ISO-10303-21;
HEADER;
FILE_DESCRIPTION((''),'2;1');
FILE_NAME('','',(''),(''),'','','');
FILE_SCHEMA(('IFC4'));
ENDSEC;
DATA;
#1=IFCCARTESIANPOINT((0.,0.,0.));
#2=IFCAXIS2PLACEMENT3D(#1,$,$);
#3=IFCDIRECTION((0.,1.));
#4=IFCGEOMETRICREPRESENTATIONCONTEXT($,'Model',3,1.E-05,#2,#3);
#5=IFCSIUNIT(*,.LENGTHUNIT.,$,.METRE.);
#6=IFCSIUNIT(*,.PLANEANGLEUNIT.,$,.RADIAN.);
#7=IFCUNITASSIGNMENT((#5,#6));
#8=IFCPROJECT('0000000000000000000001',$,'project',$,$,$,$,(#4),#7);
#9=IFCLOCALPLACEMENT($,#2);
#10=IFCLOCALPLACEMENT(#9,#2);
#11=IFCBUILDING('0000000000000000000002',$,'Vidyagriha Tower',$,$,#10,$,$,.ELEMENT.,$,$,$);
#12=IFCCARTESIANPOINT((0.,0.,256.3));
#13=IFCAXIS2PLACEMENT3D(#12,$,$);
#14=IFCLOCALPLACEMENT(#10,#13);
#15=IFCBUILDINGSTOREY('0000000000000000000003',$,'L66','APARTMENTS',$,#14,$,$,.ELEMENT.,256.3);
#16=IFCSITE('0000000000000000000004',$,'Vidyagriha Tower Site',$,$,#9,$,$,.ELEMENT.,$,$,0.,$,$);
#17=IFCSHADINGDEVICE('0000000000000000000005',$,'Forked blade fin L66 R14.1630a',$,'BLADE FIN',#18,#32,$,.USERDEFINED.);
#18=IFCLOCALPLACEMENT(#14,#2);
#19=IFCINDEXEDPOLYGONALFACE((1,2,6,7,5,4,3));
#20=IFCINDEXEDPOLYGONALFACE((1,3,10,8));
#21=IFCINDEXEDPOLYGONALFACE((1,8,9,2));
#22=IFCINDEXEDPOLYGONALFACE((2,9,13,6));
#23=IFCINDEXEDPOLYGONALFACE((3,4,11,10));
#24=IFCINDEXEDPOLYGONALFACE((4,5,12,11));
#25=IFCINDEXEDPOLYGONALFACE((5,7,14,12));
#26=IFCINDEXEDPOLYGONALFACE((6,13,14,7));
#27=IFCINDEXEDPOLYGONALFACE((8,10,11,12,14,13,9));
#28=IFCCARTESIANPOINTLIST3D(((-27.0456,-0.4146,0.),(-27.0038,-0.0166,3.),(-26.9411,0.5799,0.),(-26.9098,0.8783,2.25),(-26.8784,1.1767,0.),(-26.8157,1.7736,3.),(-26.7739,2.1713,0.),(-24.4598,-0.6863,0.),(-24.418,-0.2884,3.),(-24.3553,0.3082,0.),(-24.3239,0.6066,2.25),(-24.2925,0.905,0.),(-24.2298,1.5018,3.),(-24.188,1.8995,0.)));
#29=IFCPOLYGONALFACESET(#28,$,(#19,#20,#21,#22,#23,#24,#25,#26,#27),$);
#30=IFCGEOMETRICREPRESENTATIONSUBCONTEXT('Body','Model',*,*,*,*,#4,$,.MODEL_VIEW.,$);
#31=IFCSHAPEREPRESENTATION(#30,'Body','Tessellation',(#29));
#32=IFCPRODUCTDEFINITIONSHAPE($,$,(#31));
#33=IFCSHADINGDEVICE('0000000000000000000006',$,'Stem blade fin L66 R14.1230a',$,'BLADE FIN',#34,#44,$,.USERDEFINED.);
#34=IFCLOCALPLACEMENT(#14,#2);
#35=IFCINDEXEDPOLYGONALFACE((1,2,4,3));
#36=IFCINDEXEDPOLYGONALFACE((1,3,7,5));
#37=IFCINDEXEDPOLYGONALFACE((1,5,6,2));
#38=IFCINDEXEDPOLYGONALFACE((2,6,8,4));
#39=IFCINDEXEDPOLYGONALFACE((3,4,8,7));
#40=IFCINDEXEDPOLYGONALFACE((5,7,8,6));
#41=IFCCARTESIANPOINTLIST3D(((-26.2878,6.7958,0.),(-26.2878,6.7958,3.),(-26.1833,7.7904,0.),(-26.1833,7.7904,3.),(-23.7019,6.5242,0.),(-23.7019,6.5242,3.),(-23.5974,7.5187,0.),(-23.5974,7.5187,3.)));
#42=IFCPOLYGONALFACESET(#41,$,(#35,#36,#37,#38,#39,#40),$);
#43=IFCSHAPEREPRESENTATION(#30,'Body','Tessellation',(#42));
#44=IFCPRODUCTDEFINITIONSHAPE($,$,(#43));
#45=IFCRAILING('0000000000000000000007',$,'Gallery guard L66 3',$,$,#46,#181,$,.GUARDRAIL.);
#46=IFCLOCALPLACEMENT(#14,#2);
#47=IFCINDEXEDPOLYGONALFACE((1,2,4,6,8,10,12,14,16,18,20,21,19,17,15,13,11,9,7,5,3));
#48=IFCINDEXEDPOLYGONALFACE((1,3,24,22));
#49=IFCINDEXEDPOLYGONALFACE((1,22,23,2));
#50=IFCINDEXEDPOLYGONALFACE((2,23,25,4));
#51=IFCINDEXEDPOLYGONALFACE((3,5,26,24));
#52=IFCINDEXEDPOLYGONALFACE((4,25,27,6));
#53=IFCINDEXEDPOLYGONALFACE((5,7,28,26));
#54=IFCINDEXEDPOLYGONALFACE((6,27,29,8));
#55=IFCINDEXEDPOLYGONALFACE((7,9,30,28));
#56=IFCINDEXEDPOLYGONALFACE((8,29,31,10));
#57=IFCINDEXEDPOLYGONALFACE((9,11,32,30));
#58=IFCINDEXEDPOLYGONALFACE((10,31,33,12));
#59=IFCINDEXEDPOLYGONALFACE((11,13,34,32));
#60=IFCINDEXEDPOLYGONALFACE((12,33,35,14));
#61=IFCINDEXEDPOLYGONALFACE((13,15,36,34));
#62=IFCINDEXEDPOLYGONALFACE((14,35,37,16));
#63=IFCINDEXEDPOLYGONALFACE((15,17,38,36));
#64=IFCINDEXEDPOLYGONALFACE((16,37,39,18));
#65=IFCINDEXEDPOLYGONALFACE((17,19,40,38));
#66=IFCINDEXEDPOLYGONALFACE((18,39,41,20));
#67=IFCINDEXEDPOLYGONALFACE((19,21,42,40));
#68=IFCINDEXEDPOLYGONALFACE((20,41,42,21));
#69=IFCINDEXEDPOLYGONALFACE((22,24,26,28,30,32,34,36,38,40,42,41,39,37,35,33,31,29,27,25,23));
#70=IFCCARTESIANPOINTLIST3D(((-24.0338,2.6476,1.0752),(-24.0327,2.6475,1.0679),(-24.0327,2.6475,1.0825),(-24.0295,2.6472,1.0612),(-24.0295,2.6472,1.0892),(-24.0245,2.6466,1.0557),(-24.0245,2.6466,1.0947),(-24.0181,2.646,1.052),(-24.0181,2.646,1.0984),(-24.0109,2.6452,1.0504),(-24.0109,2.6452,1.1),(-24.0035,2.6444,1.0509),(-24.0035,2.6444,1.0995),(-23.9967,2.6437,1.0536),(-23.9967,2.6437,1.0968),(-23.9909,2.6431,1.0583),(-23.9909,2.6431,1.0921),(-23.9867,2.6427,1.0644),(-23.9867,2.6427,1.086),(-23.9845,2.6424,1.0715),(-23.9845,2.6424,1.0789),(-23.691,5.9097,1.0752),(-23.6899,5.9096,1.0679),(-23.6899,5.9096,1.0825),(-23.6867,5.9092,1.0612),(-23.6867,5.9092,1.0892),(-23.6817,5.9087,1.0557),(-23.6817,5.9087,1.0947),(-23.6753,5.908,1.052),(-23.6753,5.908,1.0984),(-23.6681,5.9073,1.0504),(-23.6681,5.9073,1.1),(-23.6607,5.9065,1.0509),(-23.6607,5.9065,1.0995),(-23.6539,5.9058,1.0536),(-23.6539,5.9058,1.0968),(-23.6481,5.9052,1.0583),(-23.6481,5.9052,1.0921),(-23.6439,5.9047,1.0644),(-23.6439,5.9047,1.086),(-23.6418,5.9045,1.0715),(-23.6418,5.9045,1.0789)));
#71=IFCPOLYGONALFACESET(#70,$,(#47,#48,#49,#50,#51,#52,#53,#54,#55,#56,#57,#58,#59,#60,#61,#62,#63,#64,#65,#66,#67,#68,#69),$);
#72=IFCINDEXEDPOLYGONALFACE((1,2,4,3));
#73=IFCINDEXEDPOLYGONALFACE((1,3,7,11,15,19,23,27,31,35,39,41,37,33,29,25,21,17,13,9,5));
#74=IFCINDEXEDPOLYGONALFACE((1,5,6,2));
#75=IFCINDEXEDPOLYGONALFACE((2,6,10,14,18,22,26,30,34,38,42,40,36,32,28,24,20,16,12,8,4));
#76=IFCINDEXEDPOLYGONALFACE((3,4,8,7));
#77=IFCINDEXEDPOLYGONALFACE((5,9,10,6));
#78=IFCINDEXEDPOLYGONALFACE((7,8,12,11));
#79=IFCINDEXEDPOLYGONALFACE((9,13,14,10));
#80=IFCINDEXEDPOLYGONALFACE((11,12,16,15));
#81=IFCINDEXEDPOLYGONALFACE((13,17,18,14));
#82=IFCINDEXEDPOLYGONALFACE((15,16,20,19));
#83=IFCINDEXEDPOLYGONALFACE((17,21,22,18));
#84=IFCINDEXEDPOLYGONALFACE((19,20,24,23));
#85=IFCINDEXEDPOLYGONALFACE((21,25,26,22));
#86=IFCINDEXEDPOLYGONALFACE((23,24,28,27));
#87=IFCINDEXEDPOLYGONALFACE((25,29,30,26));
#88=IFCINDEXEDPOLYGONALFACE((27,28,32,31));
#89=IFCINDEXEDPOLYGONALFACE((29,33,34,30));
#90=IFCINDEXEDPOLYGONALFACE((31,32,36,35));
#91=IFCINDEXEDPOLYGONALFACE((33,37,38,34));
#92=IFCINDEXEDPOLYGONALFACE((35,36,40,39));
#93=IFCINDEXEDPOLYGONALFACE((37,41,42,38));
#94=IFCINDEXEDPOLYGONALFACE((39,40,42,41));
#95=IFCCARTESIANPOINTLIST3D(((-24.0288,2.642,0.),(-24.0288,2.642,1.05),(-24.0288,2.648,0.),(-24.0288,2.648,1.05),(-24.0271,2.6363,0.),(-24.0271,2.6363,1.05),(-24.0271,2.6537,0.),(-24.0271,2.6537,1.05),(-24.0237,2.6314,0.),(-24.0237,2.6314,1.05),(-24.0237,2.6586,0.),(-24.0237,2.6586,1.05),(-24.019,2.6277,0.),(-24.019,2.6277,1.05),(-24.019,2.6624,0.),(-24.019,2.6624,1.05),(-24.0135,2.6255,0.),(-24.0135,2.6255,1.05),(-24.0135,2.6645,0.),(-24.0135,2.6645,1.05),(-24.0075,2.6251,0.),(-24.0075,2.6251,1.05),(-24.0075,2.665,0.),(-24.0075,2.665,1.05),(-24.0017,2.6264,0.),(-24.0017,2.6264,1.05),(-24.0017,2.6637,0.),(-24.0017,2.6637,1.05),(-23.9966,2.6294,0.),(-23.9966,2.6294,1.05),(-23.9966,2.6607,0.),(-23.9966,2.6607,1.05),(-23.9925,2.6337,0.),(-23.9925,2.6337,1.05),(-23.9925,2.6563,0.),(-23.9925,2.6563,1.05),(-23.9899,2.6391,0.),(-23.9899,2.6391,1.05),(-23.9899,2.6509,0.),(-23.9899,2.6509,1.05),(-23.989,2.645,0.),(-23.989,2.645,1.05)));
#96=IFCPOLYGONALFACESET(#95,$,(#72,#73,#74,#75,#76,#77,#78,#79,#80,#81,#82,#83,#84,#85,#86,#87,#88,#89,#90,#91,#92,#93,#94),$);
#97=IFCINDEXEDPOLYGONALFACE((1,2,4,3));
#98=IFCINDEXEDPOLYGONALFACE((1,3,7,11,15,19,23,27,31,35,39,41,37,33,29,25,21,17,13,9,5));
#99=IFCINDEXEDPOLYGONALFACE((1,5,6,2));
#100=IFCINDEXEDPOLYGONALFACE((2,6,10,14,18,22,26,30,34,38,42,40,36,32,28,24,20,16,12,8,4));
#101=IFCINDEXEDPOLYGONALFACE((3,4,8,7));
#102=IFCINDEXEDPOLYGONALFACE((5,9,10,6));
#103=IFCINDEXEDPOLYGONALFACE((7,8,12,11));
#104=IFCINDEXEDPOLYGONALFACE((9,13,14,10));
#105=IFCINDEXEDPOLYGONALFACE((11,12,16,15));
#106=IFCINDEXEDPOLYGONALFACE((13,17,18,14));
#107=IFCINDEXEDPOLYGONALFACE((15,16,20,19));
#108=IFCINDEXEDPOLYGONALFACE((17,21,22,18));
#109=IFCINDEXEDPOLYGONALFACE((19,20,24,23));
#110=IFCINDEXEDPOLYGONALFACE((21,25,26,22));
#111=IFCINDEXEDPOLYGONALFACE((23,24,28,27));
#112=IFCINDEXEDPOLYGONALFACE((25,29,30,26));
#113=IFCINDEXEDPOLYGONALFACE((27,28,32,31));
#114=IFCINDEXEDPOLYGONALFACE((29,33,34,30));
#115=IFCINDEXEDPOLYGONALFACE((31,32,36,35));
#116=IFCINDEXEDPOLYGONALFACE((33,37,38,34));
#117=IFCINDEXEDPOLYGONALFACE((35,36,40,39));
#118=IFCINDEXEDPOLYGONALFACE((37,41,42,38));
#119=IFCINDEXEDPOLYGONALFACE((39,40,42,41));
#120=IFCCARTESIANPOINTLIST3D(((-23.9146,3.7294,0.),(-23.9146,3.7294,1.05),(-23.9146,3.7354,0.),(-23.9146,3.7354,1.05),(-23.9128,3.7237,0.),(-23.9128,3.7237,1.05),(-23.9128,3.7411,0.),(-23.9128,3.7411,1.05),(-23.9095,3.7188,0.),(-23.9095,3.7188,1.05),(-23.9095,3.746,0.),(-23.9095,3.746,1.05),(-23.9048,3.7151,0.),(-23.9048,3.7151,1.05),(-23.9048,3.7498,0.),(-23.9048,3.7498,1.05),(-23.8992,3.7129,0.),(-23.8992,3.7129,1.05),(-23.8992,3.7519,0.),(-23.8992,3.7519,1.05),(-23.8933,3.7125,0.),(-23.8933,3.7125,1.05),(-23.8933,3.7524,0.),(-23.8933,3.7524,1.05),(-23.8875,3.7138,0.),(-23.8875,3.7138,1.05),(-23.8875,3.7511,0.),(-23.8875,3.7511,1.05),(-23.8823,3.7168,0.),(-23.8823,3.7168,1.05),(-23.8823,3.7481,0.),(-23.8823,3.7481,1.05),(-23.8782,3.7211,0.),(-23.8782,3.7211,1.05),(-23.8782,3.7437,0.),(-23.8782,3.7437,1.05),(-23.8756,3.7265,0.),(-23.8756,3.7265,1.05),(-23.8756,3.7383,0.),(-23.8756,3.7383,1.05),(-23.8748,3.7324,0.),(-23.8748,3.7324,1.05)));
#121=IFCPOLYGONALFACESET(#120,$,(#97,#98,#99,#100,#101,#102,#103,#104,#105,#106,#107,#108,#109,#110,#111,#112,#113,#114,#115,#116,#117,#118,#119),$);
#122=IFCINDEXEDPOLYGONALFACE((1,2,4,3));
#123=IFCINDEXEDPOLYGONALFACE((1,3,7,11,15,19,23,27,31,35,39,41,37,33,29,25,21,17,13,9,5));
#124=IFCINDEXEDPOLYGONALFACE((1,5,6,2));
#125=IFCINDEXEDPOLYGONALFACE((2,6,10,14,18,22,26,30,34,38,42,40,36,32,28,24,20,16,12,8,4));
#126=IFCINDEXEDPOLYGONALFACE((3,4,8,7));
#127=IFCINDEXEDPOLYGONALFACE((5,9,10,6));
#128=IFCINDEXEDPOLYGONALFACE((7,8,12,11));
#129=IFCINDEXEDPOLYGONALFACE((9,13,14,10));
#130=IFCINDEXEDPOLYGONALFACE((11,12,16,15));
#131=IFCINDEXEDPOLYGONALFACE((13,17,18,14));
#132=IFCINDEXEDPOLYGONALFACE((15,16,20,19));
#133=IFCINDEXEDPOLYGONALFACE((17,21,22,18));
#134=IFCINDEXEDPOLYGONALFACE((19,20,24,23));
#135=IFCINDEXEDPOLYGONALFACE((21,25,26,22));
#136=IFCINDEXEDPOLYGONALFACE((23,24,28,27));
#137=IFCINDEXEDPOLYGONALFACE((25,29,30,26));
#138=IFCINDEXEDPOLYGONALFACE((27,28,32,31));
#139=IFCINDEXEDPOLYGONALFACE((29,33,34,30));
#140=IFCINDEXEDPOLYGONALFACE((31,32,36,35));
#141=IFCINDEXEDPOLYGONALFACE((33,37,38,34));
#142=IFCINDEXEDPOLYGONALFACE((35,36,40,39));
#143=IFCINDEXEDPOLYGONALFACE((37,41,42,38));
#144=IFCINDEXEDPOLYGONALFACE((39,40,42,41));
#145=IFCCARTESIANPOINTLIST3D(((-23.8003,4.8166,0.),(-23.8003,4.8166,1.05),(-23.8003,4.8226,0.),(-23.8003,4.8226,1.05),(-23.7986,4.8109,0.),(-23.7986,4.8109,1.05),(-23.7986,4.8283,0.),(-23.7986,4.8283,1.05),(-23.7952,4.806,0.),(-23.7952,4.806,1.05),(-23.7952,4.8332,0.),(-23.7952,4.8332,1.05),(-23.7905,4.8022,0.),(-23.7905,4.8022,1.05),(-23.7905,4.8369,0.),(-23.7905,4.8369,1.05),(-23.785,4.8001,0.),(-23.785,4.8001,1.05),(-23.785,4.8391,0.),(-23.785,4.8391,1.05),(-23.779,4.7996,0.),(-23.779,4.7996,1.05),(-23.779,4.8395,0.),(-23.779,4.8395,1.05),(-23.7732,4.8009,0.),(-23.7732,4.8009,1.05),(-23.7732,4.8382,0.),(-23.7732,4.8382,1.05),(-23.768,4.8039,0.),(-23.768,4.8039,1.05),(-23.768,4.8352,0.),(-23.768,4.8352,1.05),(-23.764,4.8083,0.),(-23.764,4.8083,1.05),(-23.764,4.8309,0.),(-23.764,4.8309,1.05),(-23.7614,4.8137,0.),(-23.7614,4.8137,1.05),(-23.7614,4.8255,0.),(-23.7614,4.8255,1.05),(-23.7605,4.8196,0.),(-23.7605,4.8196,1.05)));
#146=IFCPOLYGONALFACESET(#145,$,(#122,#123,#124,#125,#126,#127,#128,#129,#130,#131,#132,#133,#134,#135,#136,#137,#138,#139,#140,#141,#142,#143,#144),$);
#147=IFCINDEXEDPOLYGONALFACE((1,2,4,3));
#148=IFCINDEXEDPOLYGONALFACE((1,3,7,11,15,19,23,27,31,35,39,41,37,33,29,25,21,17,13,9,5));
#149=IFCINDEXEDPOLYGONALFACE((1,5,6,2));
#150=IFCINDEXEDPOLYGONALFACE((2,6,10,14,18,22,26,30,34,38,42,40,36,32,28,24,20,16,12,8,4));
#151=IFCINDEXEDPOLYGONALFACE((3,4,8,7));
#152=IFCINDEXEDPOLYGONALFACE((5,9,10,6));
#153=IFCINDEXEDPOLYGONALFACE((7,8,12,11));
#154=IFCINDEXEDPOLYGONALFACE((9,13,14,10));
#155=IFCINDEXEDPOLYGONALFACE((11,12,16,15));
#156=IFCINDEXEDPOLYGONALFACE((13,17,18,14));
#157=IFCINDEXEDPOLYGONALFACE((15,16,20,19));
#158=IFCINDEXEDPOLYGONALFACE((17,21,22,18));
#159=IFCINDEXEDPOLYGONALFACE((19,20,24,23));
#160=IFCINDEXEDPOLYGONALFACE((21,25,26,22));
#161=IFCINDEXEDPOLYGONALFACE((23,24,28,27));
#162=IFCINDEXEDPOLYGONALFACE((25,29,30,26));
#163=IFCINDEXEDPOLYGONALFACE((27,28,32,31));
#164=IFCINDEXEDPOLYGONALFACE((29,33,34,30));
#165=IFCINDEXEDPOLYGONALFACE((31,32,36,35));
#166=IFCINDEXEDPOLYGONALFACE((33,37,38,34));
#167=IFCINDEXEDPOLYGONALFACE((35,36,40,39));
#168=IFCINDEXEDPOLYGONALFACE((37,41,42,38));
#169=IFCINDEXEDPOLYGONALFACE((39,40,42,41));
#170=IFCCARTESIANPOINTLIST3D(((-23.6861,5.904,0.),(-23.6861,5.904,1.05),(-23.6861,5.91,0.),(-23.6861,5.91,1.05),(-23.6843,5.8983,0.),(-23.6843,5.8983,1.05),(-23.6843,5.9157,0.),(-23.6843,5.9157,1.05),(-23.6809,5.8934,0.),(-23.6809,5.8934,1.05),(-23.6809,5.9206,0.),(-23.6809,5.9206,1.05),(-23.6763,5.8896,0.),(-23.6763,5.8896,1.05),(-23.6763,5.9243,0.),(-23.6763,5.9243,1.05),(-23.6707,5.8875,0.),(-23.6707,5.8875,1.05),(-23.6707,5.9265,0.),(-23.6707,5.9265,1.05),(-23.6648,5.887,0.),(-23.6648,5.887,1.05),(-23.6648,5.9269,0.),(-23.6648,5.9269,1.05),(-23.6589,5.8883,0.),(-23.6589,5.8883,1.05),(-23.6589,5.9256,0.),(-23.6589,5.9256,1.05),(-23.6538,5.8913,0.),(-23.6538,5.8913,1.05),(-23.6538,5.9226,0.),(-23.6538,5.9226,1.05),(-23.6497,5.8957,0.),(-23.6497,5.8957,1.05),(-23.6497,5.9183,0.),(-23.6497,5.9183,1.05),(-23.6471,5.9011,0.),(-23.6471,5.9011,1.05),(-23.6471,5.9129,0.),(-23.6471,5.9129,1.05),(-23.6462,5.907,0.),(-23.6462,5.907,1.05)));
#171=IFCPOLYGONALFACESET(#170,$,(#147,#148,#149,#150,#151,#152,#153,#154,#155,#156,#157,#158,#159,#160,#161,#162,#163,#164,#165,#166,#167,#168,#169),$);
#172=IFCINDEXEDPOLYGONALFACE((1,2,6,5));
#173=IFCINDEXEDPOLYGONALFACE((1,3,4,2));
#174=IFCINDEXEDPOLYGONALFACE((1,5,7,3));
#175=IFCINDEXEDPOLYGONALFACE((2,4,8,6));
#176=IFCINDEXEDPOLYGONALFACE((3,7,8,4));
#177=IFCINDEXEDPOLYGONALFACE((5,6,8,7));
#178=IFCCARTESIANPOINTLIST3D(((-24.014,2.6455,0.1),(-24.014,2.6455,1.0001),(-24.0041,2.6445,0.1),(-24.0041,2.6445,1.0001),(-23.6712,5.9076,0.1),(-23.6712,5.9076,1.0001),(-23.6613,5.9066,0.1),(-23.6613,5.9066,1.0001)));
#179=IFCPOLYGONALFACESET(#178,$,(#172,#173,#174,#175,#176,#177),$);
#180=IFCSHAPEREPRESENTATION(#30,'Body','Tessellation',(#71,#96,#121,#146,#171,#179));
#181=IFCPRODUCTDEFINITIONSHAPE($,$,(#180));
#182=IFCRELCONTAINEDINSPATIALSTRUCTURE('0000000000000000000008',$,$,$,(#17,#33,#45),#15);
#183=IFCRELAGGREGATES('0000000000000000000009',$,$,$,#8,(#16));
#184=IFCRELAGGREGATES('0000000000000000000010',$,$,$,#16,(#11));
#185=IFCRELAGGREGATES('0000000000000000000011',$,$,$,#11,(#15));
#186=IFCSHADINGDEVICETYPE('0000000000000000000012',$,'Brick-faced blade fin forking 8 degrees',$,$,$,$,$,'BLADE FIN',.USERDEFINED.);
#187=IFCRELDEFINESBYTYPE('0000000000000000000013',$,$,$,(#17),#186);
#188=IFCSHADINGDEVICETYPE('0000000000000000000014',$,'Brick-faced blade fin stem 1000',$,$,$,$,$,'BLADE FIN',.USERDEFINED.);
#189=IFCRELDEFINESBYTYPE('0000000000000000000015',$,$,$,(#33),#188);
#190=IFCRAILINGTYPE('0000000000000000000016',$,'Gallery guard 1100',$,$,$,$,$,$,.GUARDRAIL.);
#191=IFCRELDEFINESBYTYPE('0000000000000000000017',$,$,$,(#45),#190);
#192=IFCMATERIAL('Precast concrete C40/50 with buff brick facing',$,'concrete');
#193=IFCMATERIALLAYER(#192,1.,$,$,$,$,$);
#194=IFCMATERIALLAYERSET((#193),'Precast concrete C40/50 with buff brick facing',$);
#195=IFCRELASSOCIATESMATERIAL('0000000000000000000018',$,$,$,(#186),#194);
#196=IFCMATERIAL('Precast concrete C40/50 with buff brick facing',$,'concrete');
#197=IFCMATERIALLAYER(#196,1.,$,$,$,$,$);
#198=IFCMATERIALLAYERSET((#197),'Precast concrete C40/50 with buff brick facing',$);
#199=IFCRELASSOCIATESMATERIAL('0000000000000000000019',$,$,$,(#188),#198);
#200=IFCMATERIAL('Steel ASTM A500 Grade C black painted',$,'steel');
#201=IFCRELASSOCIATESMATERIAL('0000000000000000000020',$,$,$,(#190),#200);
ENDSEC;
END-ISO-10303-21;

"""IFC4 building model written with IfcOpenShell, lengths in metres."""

from ifc_helpers import new_model, si_unit, direction, frame, origin, origin_2d, place, context, subcontext, project, spatial, polyline, rectangle, circle, outline, extrude, material, layer, layer_set, type_object, element, save


model = new_model("IFC4")

# Units and contexts
model_context = context("Model", 3, precision=1e-05, world=origin(), true_north=direction((0.0, 1.0)))
body_context = subcontext(model_context, "Body", "Model", "MODEL_VIEW")
ifc_project = project(units=[si_unit("LENGTHUNIT", "METRE"), si_unit("PLANEANGLEUNIT", "RADIAN")], contexts=[model_context])

# Site, building, storey
site_placement = place(None, origin())
site = spatial("IfcSite", under=ifc_project, at=site_placement, Name="Vidyagriha Tower Site", CompositionType="ELEMENT", RefElevation=0.0)
building_placement = place(site_placement, origin())
building = spatial("IfcBuilding", under=site, at=building_placement, Name="Vidyagriha Tower", CompositionType="ELEMENT")
storey_placement = place(building_placement, frame((0.0, 0.0, 256.3)))
storey = spatial("IfcBuildingStorey", under=building, at=storey_placement, Name="L66", Description="APARTMENTS", CompositionType="ELEMENT", Elevation=256.3)

# Shading devices
ifc_material_1 = material(Name="Precast concrete C40/50 with buff brick facing", Category="concrete")
ifc_layer_1 = layer(ifc_material_1, 1.0)
ifc_layer_set_1 = layer_set([ifc_layer_1], Name="Precast concrete C40/50 with buff brick facing")
shading_device_type_1 = type_object("IfcShadingDeviceType", Name="Brick-faced blade fin forking 8 degrees", ElementType="BLADE FIN", PredefinedType="USERDEFINED", material=ifc_layer_set_1)
shading_device_1_placement = place(storey_placement, frame((-25.481, 2.0354, 0.0), z_axis=(0.0, 0.0, 1.0), x_axis=(-0.104514, -0.994523, 0.0)))
element("IfcShadingDevice", 1, at=shading_device_1_placement, inside=storey, type_object=shading_device_type_1, Name="Forked blade fin L66 R14.1630a", ObjectType="BLADE FIN", PredefinedType="USERDEFINED", context=body_context, shape_type="SweptSolid", body=[
    extrude(outline(polyline([(1.0, 0.0), (1.3, 2.25), (1.6001, 0.0), (2.6001, 0.0), (2.2, 3.0), (0.3999, 3.0), (0.0, 0.0), (1.0, 0.0)])), frame((0.0, 1.3, 0.0), z_axis=(0.0, -1.0, 0.0), x_axis=(1.0, 0.0, 0.0)), (0.0, 0.0, 1.0), 2.6001),
])
ifc_material_2 = material(Name="Precast concrete C40/50 with buff brick facing", Category="concrete")
ifc_layer_2 = layer(ifc_material_2, 1.0)
ifc_layer_set_2 = layer_set([ifc_layer_2], Name="Precast concrete C40/50 with buff brick facing")
shading_device_type_2 = type_object("IfcShadingDeviceType", Name="Brick-faced blade fin stem 1000", ElementType="BLADE FIN", PredefinedType="USERDEFINED", material=ifc_layer_set_2)
shading_device_2_placement = place(storey_placement, frame((-24.8904, 7.6545, 0.0), z_axis=(0.0, 0.0, 1.0), x_axis=(-0.104481, -0.994527, 0.0)))
element("IfcShadingDevice", 2, at=shading_device_2_placement, inside=storey, type_object=shading_device_type_2, Name="Stem blade fin L66 R14.1230a", ObjectType="BLADE FIN", PredefinedType="USERDEFINED", context=body_context, shape_type="SweptSolid", body=[
    extrude(outline(polyline([(0.0, 0.0), (1.0, 0.0), (1.0, 3.0), (0.0, 3.0), (0.0, 0.0)])), frame((0.0, 1.3, 0.0), z_axis=(0.0, -1.0, 0.0), x_axis=(1.0, 0.0, 0.0)), (0.0, 0.0, 1.0), 2.6001),
])

# Railing
ifc_material_3 = material(Name="Steel ASTM A500 Grade C black painted", Category="steel")
railing_type_1 = type_object("IfcRailingType", Name="Gallery guard 1100", PredefinedType="GUARDRAIL", material=ifc_material_3)
railing_1_placement = place(storey_placement, frame((-24.009, 2.645, 0.0)))
element("IfcRailing", 3, at=railing_1_placement, inside=storey, type_object=railing_type_1, Name="Gallery guard L66 3", PredefinedType="GUARDRAIL", context=body_context, shape_type="SweptSolid", body=[
    extrude(circle(Radius=0.0249, at=origin_2d()), frame((0.0, 0.0, 1.0752), z_axis=(0.104507, 0.994524, 0.0), x_axis=(-0.994524, 0.104507, 0.0)), (0.0, 0.0, 1.0), 3.28),
    extrude(circle(Radius=0.02, at=origin_2d()), origin(), (0.0, 0.0, 1.0), 1.05),
    extrude(circle(Radius=0.02, at=origin_2d()), frame((0.1143, 1.0874, 0.0)), (0.0, 0.0, 1.0), 1.05),
    extrude(circle(Radius=0.02, at=origin_2d()), frame((0.2285, 2.1746, 0.0)), (0.0, 0.0, 1.0), 1.05),
    extrude(circle(Radius=0.02, at=origin_2d()), frame((0.3428, 3.262, 0.0)), (0.0, 0.0, 1.0), 1.05),
    extrude(rectangle(XDim=0.01, YDim=0.9001, at=origin_2d()), frame((0.0, 0.0, 0.55), z_axis=(0.104507, 0.994524, 0.0), x_axis=(-0.994524, 0.104507, 0.0)), (0.0, 0.0, 1.0), 3.28),
])

save(model, "model.ifc")
